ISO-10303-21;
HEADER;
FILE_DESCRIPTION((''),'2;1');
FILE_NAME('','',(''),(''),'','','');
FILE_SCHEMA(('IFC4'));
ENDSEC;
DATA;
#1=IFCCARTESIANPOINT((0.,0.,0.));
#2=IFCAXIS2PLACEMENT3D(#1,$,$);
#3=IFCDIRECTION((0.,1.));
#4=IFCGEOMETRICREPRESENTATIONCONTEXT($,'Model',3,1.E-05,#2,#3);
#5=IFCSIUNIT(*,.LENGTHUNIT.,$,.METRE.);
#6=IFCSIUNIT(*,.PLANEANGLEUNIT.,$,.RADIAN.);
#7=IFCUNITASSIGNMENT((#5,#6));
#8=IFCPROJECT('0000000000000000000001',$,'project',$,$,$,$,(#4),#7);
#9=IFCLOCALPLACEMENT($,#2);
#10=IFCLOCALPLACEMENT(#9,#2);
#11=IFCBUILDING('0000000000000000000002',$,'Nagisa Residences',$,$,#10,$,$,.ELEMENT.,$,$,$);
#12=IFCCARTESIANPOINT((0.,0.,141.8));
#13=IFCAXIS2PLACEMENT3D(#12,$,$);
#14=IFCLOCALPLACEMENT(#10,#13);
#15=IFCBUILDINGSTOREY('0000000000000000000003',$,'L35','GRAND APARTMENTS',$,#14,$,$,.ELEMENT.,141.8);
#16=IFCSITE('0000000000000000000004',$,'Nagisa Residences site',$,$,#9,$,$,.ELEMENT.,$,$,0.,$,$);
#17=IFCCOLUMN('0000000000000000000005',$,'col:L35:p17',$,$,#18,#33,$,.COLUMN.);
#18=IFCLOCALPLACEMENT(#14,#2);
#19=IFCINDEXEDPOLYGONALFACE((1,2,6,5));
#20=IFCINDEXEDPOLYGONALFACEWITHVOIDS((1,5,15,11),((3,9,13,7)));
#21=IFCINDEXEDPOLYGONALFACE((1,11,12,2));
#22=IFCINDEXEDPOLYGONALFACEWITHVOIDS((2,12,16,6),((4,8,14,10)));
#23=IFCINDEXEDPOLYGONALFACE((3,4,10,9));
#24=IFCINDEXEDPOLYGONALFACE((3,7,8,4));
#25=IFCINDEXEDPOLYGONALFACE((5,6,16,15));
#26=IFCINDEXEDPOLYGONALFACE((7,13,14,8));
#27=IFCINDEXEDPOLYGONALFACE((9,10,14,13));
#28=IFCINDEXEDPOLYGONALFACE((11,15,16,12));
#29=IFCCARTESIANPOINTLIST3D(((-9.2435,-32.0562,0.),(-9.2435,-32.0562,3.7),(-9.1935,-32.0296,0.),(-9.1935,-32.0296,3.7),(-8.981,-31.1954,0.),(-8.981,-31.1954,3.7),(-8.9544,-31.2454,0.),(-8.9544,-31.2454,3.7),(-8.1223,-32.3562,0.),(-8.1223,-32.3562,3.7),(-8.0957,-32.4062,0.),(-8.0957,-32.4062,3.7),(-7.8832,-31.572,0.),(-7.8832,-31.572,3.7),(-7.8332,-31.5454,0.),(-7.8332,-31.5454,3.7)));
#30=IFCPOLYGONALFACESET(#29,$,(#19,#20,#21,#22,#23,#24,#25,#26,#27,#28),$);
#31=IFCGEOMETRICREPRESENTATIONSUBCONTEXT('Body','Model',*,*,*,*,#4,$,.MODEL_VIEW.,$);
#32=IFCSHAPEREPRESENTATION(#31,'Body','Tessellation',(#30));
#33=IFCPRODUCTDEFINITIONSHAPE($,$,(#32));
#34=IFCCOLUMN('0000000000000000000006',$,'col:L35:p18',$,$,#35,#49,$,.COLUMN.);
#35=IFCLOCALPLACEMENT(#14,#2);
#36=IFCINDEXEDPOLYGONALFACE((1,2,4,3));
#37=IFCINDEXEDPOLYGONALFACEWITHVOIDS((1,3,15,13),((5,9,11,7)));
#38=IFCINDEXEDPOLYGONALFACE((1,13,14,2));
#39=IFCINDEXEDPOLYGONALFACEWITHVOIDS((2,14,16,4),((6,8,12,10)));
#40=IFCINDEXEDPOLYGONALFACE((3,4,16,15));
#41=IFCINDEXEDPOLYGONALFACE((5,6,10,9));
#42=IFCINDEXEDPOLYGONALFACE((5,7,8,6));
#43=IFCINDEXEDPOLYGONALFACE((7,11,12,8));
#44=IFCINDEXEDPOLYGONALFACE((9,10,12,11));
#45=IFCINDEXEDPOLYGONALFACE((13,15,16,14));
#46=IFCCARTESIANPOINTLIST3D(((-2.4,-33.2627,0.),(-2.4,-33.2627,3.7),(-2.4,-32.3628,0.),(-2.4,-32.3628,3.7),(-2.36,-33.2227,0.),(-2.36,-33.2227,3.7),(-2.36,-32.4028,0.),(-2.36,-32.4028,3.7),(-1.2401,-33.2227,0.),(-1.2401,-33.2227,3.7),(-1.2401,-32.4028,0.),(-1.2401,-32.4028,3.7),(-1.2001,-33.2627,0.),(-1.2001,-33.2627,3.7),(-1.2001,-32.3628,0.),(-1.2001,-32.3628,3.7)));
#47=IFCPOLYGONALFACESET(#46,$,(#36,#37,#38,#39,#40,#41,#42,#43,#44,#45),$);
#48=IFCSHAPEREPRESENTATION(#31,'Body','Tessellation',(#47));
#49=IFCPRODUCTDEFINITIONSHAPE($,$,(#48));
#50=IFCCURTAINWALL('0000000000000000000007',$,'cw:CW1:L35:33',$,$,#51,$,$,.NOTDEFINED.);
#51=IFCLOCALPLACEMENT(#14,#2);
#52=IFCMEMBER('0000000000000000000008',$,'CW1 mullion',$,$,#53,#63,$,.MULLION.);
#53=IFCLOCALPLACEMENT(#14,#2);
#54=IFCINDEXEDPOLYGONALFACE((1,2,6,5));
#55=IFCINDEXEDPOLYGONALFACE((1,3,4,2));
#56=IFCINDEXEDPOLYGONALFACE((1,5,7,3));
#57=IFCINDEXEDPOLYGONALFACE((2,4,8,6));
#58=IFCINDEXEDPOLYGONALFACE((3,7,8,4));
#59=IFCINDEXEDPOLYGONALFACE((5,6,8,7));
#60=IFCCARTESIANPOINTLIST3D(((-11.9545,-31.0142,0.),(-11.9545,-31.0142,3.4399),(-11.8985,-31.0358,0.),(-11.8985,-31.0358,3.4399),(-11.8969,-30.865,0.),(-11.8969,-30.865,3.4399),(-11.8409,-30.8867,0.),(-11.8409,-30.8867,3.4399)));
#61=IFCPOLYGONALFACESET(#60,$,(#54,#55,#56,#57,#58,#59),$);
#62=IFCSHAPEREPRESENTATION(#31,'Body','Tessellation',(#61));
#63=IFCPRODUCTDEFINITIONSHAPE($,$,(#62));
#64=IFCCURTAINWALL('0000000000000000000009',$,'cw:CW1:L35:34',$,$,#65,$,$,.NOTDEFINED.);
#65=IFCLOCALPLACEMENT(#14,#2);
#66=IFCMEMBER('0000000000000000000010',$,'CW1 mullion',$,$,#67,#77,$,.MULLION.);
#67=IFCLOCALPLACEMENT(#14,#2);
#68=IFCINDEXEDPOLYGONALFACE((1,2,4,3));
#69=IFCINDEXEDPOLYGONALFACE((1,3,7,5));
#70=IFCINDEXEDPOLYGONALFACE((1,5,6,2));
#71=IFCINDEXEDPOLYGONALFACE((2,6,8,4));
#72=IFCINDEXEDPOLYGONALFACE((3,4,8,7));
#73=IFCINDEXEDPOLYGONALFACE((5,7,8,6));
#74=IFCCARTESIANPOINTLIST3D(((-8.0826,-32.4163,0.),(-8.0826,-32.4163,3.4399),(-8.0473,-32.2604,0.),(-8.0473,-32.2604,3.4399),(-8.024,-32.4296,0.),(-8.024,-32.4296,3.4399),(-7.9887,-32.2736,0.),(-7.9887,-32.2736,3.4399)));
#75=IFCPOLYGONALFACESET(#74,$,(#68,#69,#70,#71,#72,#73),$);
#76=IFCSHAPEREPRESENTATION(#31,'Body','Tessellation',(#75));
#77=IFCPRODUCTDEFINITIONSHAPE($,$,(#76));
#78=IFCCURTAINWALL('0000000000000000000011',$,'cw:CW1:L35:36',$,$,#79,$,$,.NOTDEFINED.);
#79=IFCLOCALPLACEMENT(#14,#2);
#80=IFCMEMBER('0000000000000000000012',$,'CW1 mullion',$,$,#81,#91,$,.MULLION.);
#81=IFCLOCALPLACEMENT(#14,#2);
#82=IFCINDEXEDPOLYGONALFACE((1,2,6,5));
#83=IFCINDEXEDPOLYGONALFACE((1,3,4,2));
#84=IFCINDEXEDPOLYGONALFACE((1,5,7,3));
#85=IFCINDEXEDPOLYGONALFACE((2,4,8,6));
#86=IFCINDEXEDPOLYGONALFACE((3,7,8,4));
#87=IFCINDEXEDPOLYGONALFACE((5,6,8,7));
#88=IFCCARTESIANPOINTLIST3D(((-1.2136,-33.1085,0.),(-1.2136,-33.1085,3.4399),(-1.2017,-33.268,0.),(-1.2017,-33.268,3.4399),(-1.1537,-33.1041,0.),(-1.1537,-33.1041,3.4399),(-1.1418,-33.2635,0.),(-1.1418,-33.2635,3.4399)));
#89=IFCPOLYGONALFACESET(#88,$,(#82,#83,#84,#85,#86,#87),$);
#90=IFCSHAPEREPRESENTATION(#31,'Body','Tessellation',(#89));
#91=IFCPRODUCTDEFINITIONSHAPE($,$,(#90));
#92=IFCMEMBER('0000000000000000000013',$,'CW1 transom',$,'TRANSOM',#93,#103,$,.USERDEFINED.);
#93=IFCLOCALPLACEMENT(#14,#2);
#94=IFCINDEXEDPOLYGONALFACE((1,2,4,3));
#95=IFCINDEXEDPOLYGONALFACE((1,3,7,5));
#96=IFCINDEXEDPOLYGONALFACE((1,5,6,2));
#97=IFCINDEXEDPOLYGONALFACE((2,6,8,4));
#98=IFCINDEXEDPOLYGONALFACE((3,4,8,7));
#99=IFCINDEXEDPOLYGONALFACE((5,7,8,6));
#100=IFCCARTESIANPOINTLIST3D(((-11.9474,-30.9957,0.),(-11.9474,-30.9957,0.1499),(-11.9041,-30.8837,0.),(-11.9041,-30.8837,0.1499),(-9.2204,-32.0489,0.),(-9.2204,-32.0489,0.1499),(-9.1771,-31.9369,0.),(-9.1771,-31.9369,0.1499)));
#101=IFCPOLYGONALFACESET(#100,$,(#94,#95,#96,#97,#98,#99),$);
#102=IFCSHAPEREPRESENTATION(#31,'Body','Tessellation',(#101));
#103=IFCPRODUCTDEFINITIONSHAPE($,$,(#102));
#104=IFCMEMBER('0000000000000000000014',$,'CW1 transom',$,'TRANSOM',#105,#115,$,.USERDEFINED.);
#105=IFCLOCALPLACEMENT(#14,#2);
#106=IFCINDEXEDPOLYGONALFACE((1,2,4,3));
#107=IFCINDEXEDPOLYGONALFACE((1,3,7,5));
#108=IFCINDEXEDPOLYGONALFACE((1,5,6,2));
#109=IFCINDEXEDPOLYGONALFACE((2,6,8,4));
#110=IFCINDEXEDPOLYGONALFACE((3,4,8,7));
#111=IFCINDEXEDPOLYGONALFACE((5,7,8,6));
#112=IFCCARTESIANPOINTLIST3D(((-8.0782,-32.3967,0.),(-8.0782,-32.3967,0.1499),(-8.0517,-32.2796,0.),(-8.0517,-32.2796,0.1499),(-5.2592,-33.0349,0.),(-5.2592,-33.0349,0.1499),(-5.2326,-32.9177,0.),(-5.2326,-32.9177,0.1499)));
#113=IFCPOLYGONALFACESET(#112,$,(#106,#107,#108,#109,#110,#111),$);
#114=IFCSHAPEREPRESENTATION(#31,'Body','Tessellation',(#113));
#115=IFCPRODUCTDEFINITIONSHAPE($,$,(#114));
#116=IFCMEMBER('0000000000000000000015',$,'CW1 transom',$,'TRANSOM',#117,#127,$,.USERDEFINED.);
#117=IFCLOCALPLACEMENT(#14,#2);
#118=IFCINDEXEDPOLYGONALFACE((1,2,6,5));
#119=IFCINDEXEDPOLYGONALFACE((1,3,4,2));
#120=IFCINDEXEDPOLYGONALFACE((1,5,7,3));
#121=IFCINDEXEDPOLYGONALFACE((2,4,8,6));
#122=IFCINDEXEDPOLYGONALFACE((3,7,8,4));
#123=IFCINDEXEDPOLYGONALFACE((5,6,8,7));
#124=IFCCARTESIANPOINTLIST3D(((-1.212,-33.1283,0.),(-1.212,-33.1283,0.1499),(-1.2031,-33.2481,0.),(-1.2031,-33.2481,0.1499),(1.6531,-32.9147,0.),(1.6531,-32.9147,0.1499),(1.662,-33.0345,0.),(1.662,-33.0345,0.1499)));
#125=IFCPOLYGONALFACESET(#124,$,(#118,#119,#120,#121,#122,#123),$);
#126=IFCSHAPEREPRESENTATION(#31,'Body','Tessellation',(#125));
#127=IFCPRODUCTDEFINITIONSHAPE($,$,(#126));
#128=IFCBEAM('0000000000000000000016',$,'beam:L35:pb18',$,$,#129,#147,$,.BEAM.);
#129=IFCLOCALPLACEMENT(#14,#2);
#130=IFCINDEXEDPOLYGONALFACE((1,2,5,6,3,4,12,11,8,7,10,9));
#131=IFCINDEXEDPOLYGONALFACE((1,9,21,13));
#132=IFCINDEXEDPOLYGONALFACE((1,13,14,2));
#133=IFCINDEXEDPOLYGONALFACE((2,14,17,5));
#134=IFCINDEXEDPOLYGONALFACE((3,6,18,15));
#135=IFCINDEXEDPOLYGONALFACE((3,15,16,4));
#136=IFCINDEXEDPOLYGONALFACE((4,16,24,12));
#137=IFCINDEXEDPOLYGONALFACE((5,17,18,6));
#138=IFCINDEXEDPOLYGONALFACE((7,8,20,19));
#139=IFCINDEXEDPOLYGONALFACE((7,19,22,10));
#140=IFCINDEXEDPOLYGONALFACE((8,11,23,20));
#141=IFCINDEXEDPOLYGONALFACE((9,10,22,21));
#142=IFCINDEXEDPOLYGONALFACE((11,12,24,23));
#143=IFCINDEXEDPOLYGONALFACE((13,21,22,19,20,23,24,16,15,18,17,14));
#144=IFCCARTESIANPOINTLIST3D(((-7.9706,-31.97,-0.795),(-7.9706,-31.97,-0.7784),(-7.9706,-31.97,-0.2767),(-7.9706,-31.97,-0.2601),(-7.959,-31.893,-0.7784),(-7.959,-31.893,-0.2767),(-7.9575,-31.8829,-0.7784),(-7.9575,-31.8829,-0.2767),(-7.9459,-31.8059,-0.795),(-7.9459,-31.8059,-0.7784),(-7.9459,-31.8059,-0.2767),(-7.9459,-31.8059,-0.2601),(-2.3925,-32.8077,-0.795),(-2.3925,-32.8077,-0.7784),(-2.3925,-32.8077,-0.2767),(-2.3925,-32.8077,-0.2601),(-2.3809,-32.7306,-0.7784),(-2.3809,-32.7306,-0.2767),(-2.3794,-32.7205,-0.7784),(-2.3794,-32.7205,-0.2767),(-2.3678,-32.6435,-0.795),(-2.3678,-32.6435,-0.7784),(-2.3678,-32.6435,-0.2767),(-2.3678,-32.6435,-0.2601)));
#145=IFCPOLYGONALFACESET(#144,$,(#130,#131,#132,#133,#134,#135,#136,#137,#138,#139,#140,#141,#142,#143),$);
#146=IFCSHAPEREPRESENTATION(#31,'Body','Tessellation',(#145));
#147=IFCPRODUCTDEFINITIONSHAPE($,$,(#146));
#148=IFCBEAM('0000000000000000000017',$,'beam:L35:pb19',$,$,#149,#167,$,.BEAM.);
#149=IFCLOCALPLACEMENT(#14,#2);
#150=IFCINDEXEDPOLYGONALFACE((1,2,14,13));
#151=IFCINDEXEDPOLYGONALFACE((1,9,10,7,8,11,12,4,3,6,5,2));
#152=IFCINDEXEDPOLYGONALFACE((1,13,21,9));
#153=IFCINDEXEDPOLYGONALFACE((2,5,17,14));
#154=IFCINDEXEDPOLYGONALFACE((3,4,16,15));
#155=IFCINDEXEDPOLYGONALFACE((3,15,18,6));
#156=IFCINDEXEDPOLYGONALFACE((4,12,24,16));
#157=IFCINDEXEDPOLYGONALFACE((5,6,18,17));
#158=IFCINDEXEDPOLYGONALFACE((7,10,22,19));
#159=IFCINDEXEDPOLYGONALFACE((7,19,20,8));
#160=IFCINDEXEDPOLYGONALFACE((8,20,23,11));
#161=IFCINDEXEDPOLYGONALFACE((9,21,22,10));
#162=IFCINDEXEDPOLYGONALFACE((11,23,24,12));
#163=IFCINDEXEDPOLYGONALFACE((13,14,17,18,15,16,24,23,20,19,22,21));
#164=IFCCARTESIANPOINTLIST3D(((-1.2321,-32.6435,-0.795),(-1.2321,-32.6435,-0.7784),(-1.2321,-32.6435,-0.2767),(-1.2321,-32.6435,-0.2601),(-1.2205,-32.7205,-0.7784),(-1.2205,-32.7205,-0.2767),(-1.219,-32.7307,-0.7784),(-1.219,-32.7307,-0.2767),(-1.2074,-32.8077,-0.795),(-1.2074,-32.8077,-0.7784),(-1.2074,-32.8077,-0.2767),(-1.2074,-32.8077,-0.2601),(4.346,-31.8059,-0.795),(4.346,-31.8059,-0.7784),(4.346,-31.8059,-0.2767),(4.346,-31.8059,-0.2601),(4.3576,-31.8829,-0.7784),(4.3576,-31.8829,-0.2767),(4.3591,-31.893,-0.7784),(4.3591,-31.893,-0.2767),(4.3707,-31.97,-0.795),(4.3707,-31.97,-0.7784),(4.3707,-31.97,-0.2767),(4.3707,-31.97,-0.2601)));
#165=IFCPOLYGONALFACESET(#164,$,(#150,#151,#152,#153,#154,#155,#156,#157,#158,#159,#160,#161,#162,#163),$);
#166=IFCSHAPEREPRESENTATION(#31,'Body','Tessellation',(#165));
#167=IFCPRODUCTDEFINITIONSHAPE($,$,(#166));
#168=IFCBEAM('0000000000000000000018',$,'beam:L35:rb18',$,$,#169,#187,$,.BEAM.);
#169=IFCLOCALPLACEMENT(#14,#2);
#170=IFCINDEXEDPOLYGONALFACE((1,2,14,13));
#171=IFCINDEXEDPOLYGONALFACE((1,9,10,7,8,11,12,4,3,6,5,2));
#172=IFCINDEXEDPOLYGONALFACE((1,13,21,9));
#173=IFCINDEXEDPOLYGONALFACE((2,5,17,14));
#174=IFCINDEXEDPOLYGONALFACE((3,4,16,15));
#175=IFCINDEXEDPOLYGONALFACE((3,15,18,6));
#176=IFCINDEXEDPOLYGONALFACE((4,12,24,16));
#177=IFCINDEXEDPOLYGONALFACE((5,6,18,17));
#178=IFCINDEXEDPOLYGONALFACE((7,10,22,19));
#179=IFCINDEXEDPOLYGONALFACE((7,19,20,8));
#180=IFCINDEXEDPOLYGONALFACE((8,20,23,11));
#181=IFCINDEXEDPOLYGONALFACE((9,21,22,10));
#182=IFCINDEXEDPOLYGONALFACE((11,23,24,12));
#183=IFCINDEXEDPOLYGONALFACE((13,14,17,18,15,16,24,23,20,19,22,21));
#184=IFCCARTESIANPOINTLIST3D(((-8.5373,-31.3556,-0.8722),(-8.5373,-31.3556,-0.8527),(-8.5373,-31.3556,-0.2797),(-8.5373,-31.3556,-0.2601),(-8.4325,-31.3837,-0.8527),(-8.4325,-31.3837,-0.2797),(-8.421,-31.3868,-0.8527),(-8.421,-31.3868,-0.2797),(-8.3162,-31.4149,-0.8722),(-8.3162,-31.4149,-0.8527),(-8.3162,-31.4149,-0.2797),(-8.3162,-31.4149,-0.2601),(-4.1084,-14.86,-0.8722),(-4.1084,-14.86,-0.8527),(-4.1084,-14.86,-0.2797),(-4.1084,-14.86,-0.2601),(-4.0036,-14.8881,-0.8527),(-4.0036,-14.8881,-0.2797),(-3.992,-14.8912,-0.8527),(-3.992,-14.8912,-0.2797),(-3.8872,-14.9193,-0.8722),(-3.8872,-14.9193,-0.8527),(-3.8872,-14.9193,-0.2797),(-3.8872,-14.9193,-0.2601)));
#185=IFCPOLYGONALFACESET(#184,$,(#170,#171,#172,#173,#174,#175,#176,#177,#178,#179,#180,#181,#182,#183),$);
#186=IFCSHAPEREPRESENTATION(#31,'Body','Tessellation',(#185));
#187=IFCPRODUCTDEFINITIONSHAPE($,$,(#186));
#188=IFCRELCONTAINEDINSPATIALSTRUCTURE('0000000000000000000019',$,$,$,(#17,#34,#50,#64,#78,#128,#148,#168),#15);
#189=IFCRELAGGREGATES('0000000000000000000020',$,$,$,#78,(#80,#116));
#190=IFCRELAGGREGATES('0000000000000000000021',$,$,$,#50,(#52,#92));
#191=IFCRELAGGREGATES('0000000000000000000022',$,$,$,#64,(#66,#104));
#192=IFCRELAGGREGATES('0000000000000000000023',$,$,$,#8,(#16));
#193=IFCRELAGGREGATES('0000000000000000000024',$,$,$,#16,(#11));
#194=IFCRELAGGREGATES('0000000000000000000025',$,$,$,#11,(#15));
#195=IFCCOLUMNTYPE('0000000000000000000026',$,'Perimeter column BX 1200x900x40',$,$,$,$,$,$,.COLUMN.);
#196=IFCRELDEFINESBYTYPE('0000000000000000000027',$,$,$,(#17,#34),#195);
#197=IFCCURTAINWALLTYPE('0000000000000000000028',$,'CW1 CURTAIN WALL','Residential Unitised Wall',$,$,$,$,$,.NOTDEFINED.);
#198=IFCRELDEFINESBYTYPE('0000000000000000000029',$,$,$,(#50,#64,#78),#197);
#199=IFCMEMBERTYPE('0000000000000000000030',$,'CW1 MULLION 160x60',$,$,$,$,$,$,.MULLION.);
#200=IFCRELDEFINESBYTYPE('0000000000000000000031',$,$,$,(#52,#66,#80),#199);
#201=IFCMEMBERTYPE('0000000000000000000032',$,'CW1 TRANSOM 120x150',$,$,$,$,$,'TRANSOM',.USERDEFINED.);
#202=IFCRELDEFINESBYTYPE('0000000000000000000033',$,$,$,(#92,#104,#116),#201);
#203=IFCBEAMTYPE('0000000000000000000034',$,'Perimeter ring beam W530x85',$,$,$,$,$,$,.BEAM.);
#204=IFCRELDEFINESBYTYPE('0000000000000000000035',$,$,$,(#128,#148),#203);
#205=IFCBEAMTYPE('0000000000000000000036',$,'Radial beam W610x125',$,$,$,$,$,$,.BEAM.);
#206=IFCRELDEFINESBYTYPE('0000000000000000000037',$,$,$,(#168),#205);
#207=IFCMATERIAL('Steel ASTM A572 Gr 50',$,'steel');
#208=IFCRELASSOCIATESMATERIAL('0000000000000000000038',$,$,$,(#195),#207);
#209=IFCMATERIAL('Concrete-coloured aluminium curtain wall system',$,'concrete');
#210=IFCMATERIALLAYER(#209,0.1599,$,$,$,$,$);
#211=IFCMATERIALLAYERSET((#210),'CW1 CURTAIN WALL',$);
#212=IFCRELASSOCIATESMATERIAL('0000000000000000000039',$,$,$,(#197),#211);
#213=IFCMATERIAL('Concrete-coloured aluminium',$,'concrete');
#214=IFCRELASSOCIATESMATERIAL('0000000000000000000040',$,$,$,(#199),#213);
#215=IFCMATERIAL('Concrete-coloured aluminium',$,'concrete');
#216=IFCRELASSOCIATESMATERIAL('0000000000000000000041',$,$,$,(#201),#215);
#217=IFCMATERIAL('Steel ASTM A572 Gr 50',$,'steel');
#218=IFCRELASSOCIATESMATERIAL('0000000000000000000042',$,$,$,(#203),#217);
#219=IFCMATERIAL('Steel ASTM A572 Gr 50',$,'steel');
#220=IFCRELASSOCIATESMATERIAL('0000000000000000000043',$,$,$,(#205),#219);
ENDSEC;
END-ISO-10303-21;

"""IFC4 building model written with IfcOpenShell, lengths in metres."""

from ifc_helpers import new_model, si_unit, direction, frame, origin, origin_2d, place, context, subcontext, project, spatial, rectangle, hollow_rectangle, i_section, extrude, material, layer, layer_set, material_profile, profile_set, type_object, element, aggregate, save


model = new_model("IFC4")

# Units and contexts
model_context = context("Model", 3, precision=1e-05, world=origin(), true_north=direction((0.0, 1.0)))
body_context = subcontext(model_context, "Body", "Model", "MODEL_VIEW")
ifc_project = project(units=[si_unit("LENGTHUNIT", "METRE"), si_unit("PLANEANGLEUNIT", "RADIAN")], contexts=[model_context])

# Site, building, storey
site_placement = place(None, origin())
site = spatial("IfcSite", under=ifc_project, at=site_placement, Name="Nagisa Residences site", CompositionType="ELEMENT", RefElevation=0.0)
building_placement = place(site_placement, origin())
building = spatial("IfcBuilding", under=site, at=building_placement, Name="Nagisa Residences", CompositionType="ELEMENT")
storey_placement = place(building_placement, frame((0.0, 0.0, 141.8)))
storey = spatial("IfcBuildingStorey", under=building, at=storey_placement, Name="L35", Description="GRAND APARTMENTS", CompositionType="ELEMENT", Elevation=141.8)

# Columns
ifc_material_1 = material(Name="Steel ASTM A572 Gr 50", Category="steel")
ifc_material_profile_1 = material_profile(ifc_material_1, hollow_rectangle(XDim=1.2, YDim=0.8999, WallThickness=0.04, at=origin_2d()), Name="BX 1200x900x40")
ifc_profile_set_1 = profile_set([ifc_material_profile_1], Name="Steel ASTM A572 Gr 50")
column_type = type_object("IfcColumnType", Name="Perimeter column BX 1200x900x40", PredefinedType="COLUMN", material=ifc_profile_set_1)
for number, where, z_axis, x_axis, name in (
    (1, (-8.5383, -31.8008, 0.0), (0.0, 0.0, 1.0), (0.956525, -0.291652, 0.0), "col:L35:p17"),
    (2, (-1.8, -32.8127, 0.0), (0.0, 0.0, 1.0), (1.0, 0.0, 0.0), "col:L35:p18"),
):
    element("IfcColumn", number, at=place(storey_placement, frame(where, z_axis=z_axis, x_axis=x_axis)), inside=storey, type_object=column_type, Name=name, PredefinedType="COLUMN", context=body_context, shape_type="SweptSolid", body=[
        extrude(hollow_rectangle(XDim=1.2, YDim=0.8999, WallThickness=0.04, at=origin_2d()), origin(), (0.0, 0.0, 1.0), 3.7),
    ])

# Curtain walls, members
ifc_material_2 = material(Name="Concrete-coloured aluminium curtain wall system", Category="concrete")
ifc_layer_1 = layer(ifc_material_2, 0.1599)
ifc_layer_set_1 = layer_set([ifc_layer_1], Name="CW1 CURTAIN WALL")
curtain_wall_type = type_object("IfcCurtainWallType", Name="CW1 CURTAIN WALL", Description="Residential Unitised Wall", PredefinedType="NOTDEFINED", material=ifc_layer_set_1)
curtain_wall_1_placement = place(storey_placement, origin())
curtain_wall_1 = element("IfcCurtainWall", 3, at=curtain_wall_1_placement, inside=storey, type_object=curtain_wall_type, Name="cw:CW1:L35:33", PredefinedType="NOTDEFINED")
ifc_material_3 = material(Name="Concrete-coloured aluminium", Category="concrete")
ifc_material_profile_2 = material_profile(ifc_material_3, rectangle(XDim=0.1599, YDim=0.0601, at=origin_2d()), Name="CW1 MULLION 160x60")
ifc_profile_set_2 = profile_set([ifc_material_profile_2], Name="Concrete-coloured aluminium")
member_type_1 = type_object("IfcMemberType", Name="CW1 MULLION 160x60", PredefinedType="MULLION", material=ifc_profile_set_2)
member_1_placement = place(storey_placement, frame((-11.8977, -30.9504, 0.0), z_axis=(0.0, 0.0, 1.0), x_axis=(0.360328, 0.932826, 0.0)))
member_1 = element("IfcMember", 4, at=member_1_placement, type_object=member_type_1, Name="CW1 mullion", PredefinedType="MULLION", context=body_context, shape_type="SweptSolid", body=[
    extrude(rectangle(XDim=0.1599, YDim=0.0601, at=origin_2d()), origin(), (0.0, 0.0, 1.0), 3.4399),
])
curtain_wall_2_placement = place(storey_placement, origin())
curtain_wall_2 = element("IfcCurtainWall", 5, at=curtain_wall_2_placement, inside=storey, type_object=curtain_wall_type, Name="cw:CW1:L35:34", PredefinedType="NOTDEFINED")
member_2_placement = place(storey_placement, frame((-8.0356, -32.345, 0.0), z_axis=(0.0, 0.0, 1.0), x_axis=(0.220764, 0.975327, 0.0)))
member_2 = element("IfcMember", 6, at=member_2_placement, type_object=member_type_1, Name="CW1 mullion", PredefinedType="MULLION", context=body_context, shape_type="SweptSolid", body=[
    extrude(rectangle(XDim=0.1599, YDim=0.0601, at=origin_2d()), origin(), (0.0, 0.0, 1.0), 3.4399),
])
curtain_wall_3_placement = place(storey_placement, origin())
curtain_wall_3 = element("IfcCurtainWall", 7, at=curtain_wall_3_placement, inside=storey, type_object=curtain_wall_type, Name="cw:CW1:L35:36", PredefinedType="NOTDEFINED")
member_3_placement = place(storey_placement, frame((-1.1777, -33.186, 0.0), z_axis=(0.0, 0.0, 1.0), x_axis=(-0.074377, 0.99723, 0.0)))
member_3 = element("IfcMember", 8, at=member_3_placement, type_object=member_type_1, Name="CW1 mullion", PredefinedType="MULLION", context=body_context, shape_type="SweptSolid", body=[
    extrude(rectangle(XDim=0.1599, YDim=0.0601, at=origin_2d()), origin(), (0.0, 0.0, 1.0), 3.4399),
])

# Members
ifc_material_4 = material(Name="Concrete-coloured aluminium", Category="concrete")
ifc_material_profile_3 = material_profile(ifc_material_4, rectangle(XDim=0.1201, YDim=0.1499, at=origin_2d()), Name="CW1 TRANSOM 120x150")
ifc_profile_set_3 = profile_set([ifc_material_profile_3], Name="Concrete-coloured aluminium")
member_type_2 = type_object("IfcMemberType", Name="CW1 TRANSOM 120x150", ElementType="TRANSOM", PredefinedType="USERDEFINED", material=ifc_profile_set_3)
member_4_placement = place(storey_placement, frame((-11.9258, -30.9397, 0.075), z_axis=(0.932845, -0.360277, 0.0), x_axis=(0.360277, 0.932845, 0.0)))
member_4 = element("IfcMember", 9, at=member_4_placement, type_object=member_type_2, Name="CW1 transom", ObjectType="TRANSOM", PredefinedType="USERDEFINED", context=body_context, shape_type="SweptSolid", body=[
    extrude(rectangle(XDim=0.1201, YDim=0.1499, at=origin_2d()), origin(), (0.0, 0.0, 1.0), 2.9233),
])
member_5_placement = place(storey_placement, frame((-8.0649, -32.3381, 0.075), z_axis=(0.975321, -0.220792, 0.0), x_axis=(0.220792, 0.975321, 0.0)))
member_5 = element("IfcMember", 10, at=member_5_placement, type_object=member_type_2, Name="CW1 transom", ObjectType="TRANSOM", PredefinedType="USERDEFINED", context=body_context, shape_type="SweptSolid", body=[
    extrude(rectangle(XDim=0.1201, YDim=0.1499, at=origin_2d()), origin(), (0.0, 0.0, 1.0), 2.8904),
])
member_6_placement = place(storey_placement, frame((-1.2075, -33.1882, 0.075), z_axis=(0.997232, 0.074357, 0.0), x_axis=(-0.074357, 0.997232, 0.0)))
member_6 = element("IfcMember", 11, at=member_6_placement, type_object=member_type_2, Name="CW1 transom", ObjectType="TRANSOM", PredefinedType="USERDEFINED", context=body_context, shape_type="SweptSolid", body=[
    extrude(rectangle(XDim=0.1201, YDim=0.1499, at=origin_2d()), origin(), (0.0, 0.0, 1.0), 2.873),
])
aggregate(curtain_wall_3, [member_3, member_6])

# Beams
ifc_material_5 = material(Name="Steel ASTM A572 Gr 50", Category="steel")
ifc_material_profile_4 = material_profile(ifc_material_5, i_section(OverallWidth=0.166, OverallDepth=0.5349, WebThickness=0.0103, FlangeThickness=0.0166, at=origin_2d()), Name="W530x85")
ifc_profile_set_4 = profile_set([ifc_material_profile_4], Name="Steel ASTM A572 Gr 50")
beam_type_1 = type_object("IfcBeamType", Name="Perimeter ring beam W530x85", PredefinedType="BEAM", material=ifc_profile_set_4)
for number, where, z_axis, x_axis, name in (
    (12, (-7.9583, -31.8879, -0.5276), (0.988912, -0.148501, 0.0), (0.148501, 0.988912, 0.0), "beam:L35:pb18"),
    (13, (-1.2197, -32.7256, -0.5276), (0.988912, 0.148501, 0.0), (-0.148501, 0.988912, 0.0), "beam:L35:pb19"),
):
    element("IfcBeam", number, at=place(storey_placement, frame(where, z_axis=z_axis, x_axis=x_axis)), inside=storey, type_object=beam_type_1, Name=name, PredefinedType="BEAM", context=body_context, shape_type="SweptSolid", body=[
        extrude(i_section(OverallWidth=0.166, OverallDepth=0.5349, WebThickness=0.0103, FlangeThickness=0.0166, at=origin_2d()), origin(), (0.0, 0.0, 1.0), 5.6406),
    ])
ifc_material_6 = material(Name="Steel ASTM A572 Gr 50", Category="steel")
ifc_material_profile_5 = material_profile(ifc_material_6, i_section(OverallWidth=0.229, OverallDepth=0.6121, WebThickness=0.012, FlangeThickness=0.0195, at=origin_2d()), Name="W610x125")
ifc_profile_set_5 = profile_set([ifc_material_profile_5], Name="Steel ASTM A572 Gr 50")
beam_type_2 = type_object("IfcBeamType", Name="Radial beam W610x125", PredefinedType="BEAM", material=ifc_profile_set_5)
beam_1_placement = place(storey_placement, frame((-8.4268, -31.3853, -0.5662), z_axis=(0.259309, 0.965794, 0.0), x_axis=(-0.965794, 0.259309, 0.0)))
element("IfcBeam", 14, at=beam_1_placement, inside=storey, type_object=beam_type_2, Name="beam:L35:rb18", PredefinedType="BEAM", context=body_context, shape_type="SweptSolid", body=[
    extrude(i_section(OverallWidth=0.229, OverallDepth=0.6121, WebThickness=0.012, FlangeThickness=0.0195, at=origin_2d()), origin(), (0.0, 0.0, 1.0), 17.0798),
])

aggregate(curtain_wall_1, [member_1, member_4])
aggregate(curtain_wall_2, [member_2, member_5])

save(model, "model.ifc")
